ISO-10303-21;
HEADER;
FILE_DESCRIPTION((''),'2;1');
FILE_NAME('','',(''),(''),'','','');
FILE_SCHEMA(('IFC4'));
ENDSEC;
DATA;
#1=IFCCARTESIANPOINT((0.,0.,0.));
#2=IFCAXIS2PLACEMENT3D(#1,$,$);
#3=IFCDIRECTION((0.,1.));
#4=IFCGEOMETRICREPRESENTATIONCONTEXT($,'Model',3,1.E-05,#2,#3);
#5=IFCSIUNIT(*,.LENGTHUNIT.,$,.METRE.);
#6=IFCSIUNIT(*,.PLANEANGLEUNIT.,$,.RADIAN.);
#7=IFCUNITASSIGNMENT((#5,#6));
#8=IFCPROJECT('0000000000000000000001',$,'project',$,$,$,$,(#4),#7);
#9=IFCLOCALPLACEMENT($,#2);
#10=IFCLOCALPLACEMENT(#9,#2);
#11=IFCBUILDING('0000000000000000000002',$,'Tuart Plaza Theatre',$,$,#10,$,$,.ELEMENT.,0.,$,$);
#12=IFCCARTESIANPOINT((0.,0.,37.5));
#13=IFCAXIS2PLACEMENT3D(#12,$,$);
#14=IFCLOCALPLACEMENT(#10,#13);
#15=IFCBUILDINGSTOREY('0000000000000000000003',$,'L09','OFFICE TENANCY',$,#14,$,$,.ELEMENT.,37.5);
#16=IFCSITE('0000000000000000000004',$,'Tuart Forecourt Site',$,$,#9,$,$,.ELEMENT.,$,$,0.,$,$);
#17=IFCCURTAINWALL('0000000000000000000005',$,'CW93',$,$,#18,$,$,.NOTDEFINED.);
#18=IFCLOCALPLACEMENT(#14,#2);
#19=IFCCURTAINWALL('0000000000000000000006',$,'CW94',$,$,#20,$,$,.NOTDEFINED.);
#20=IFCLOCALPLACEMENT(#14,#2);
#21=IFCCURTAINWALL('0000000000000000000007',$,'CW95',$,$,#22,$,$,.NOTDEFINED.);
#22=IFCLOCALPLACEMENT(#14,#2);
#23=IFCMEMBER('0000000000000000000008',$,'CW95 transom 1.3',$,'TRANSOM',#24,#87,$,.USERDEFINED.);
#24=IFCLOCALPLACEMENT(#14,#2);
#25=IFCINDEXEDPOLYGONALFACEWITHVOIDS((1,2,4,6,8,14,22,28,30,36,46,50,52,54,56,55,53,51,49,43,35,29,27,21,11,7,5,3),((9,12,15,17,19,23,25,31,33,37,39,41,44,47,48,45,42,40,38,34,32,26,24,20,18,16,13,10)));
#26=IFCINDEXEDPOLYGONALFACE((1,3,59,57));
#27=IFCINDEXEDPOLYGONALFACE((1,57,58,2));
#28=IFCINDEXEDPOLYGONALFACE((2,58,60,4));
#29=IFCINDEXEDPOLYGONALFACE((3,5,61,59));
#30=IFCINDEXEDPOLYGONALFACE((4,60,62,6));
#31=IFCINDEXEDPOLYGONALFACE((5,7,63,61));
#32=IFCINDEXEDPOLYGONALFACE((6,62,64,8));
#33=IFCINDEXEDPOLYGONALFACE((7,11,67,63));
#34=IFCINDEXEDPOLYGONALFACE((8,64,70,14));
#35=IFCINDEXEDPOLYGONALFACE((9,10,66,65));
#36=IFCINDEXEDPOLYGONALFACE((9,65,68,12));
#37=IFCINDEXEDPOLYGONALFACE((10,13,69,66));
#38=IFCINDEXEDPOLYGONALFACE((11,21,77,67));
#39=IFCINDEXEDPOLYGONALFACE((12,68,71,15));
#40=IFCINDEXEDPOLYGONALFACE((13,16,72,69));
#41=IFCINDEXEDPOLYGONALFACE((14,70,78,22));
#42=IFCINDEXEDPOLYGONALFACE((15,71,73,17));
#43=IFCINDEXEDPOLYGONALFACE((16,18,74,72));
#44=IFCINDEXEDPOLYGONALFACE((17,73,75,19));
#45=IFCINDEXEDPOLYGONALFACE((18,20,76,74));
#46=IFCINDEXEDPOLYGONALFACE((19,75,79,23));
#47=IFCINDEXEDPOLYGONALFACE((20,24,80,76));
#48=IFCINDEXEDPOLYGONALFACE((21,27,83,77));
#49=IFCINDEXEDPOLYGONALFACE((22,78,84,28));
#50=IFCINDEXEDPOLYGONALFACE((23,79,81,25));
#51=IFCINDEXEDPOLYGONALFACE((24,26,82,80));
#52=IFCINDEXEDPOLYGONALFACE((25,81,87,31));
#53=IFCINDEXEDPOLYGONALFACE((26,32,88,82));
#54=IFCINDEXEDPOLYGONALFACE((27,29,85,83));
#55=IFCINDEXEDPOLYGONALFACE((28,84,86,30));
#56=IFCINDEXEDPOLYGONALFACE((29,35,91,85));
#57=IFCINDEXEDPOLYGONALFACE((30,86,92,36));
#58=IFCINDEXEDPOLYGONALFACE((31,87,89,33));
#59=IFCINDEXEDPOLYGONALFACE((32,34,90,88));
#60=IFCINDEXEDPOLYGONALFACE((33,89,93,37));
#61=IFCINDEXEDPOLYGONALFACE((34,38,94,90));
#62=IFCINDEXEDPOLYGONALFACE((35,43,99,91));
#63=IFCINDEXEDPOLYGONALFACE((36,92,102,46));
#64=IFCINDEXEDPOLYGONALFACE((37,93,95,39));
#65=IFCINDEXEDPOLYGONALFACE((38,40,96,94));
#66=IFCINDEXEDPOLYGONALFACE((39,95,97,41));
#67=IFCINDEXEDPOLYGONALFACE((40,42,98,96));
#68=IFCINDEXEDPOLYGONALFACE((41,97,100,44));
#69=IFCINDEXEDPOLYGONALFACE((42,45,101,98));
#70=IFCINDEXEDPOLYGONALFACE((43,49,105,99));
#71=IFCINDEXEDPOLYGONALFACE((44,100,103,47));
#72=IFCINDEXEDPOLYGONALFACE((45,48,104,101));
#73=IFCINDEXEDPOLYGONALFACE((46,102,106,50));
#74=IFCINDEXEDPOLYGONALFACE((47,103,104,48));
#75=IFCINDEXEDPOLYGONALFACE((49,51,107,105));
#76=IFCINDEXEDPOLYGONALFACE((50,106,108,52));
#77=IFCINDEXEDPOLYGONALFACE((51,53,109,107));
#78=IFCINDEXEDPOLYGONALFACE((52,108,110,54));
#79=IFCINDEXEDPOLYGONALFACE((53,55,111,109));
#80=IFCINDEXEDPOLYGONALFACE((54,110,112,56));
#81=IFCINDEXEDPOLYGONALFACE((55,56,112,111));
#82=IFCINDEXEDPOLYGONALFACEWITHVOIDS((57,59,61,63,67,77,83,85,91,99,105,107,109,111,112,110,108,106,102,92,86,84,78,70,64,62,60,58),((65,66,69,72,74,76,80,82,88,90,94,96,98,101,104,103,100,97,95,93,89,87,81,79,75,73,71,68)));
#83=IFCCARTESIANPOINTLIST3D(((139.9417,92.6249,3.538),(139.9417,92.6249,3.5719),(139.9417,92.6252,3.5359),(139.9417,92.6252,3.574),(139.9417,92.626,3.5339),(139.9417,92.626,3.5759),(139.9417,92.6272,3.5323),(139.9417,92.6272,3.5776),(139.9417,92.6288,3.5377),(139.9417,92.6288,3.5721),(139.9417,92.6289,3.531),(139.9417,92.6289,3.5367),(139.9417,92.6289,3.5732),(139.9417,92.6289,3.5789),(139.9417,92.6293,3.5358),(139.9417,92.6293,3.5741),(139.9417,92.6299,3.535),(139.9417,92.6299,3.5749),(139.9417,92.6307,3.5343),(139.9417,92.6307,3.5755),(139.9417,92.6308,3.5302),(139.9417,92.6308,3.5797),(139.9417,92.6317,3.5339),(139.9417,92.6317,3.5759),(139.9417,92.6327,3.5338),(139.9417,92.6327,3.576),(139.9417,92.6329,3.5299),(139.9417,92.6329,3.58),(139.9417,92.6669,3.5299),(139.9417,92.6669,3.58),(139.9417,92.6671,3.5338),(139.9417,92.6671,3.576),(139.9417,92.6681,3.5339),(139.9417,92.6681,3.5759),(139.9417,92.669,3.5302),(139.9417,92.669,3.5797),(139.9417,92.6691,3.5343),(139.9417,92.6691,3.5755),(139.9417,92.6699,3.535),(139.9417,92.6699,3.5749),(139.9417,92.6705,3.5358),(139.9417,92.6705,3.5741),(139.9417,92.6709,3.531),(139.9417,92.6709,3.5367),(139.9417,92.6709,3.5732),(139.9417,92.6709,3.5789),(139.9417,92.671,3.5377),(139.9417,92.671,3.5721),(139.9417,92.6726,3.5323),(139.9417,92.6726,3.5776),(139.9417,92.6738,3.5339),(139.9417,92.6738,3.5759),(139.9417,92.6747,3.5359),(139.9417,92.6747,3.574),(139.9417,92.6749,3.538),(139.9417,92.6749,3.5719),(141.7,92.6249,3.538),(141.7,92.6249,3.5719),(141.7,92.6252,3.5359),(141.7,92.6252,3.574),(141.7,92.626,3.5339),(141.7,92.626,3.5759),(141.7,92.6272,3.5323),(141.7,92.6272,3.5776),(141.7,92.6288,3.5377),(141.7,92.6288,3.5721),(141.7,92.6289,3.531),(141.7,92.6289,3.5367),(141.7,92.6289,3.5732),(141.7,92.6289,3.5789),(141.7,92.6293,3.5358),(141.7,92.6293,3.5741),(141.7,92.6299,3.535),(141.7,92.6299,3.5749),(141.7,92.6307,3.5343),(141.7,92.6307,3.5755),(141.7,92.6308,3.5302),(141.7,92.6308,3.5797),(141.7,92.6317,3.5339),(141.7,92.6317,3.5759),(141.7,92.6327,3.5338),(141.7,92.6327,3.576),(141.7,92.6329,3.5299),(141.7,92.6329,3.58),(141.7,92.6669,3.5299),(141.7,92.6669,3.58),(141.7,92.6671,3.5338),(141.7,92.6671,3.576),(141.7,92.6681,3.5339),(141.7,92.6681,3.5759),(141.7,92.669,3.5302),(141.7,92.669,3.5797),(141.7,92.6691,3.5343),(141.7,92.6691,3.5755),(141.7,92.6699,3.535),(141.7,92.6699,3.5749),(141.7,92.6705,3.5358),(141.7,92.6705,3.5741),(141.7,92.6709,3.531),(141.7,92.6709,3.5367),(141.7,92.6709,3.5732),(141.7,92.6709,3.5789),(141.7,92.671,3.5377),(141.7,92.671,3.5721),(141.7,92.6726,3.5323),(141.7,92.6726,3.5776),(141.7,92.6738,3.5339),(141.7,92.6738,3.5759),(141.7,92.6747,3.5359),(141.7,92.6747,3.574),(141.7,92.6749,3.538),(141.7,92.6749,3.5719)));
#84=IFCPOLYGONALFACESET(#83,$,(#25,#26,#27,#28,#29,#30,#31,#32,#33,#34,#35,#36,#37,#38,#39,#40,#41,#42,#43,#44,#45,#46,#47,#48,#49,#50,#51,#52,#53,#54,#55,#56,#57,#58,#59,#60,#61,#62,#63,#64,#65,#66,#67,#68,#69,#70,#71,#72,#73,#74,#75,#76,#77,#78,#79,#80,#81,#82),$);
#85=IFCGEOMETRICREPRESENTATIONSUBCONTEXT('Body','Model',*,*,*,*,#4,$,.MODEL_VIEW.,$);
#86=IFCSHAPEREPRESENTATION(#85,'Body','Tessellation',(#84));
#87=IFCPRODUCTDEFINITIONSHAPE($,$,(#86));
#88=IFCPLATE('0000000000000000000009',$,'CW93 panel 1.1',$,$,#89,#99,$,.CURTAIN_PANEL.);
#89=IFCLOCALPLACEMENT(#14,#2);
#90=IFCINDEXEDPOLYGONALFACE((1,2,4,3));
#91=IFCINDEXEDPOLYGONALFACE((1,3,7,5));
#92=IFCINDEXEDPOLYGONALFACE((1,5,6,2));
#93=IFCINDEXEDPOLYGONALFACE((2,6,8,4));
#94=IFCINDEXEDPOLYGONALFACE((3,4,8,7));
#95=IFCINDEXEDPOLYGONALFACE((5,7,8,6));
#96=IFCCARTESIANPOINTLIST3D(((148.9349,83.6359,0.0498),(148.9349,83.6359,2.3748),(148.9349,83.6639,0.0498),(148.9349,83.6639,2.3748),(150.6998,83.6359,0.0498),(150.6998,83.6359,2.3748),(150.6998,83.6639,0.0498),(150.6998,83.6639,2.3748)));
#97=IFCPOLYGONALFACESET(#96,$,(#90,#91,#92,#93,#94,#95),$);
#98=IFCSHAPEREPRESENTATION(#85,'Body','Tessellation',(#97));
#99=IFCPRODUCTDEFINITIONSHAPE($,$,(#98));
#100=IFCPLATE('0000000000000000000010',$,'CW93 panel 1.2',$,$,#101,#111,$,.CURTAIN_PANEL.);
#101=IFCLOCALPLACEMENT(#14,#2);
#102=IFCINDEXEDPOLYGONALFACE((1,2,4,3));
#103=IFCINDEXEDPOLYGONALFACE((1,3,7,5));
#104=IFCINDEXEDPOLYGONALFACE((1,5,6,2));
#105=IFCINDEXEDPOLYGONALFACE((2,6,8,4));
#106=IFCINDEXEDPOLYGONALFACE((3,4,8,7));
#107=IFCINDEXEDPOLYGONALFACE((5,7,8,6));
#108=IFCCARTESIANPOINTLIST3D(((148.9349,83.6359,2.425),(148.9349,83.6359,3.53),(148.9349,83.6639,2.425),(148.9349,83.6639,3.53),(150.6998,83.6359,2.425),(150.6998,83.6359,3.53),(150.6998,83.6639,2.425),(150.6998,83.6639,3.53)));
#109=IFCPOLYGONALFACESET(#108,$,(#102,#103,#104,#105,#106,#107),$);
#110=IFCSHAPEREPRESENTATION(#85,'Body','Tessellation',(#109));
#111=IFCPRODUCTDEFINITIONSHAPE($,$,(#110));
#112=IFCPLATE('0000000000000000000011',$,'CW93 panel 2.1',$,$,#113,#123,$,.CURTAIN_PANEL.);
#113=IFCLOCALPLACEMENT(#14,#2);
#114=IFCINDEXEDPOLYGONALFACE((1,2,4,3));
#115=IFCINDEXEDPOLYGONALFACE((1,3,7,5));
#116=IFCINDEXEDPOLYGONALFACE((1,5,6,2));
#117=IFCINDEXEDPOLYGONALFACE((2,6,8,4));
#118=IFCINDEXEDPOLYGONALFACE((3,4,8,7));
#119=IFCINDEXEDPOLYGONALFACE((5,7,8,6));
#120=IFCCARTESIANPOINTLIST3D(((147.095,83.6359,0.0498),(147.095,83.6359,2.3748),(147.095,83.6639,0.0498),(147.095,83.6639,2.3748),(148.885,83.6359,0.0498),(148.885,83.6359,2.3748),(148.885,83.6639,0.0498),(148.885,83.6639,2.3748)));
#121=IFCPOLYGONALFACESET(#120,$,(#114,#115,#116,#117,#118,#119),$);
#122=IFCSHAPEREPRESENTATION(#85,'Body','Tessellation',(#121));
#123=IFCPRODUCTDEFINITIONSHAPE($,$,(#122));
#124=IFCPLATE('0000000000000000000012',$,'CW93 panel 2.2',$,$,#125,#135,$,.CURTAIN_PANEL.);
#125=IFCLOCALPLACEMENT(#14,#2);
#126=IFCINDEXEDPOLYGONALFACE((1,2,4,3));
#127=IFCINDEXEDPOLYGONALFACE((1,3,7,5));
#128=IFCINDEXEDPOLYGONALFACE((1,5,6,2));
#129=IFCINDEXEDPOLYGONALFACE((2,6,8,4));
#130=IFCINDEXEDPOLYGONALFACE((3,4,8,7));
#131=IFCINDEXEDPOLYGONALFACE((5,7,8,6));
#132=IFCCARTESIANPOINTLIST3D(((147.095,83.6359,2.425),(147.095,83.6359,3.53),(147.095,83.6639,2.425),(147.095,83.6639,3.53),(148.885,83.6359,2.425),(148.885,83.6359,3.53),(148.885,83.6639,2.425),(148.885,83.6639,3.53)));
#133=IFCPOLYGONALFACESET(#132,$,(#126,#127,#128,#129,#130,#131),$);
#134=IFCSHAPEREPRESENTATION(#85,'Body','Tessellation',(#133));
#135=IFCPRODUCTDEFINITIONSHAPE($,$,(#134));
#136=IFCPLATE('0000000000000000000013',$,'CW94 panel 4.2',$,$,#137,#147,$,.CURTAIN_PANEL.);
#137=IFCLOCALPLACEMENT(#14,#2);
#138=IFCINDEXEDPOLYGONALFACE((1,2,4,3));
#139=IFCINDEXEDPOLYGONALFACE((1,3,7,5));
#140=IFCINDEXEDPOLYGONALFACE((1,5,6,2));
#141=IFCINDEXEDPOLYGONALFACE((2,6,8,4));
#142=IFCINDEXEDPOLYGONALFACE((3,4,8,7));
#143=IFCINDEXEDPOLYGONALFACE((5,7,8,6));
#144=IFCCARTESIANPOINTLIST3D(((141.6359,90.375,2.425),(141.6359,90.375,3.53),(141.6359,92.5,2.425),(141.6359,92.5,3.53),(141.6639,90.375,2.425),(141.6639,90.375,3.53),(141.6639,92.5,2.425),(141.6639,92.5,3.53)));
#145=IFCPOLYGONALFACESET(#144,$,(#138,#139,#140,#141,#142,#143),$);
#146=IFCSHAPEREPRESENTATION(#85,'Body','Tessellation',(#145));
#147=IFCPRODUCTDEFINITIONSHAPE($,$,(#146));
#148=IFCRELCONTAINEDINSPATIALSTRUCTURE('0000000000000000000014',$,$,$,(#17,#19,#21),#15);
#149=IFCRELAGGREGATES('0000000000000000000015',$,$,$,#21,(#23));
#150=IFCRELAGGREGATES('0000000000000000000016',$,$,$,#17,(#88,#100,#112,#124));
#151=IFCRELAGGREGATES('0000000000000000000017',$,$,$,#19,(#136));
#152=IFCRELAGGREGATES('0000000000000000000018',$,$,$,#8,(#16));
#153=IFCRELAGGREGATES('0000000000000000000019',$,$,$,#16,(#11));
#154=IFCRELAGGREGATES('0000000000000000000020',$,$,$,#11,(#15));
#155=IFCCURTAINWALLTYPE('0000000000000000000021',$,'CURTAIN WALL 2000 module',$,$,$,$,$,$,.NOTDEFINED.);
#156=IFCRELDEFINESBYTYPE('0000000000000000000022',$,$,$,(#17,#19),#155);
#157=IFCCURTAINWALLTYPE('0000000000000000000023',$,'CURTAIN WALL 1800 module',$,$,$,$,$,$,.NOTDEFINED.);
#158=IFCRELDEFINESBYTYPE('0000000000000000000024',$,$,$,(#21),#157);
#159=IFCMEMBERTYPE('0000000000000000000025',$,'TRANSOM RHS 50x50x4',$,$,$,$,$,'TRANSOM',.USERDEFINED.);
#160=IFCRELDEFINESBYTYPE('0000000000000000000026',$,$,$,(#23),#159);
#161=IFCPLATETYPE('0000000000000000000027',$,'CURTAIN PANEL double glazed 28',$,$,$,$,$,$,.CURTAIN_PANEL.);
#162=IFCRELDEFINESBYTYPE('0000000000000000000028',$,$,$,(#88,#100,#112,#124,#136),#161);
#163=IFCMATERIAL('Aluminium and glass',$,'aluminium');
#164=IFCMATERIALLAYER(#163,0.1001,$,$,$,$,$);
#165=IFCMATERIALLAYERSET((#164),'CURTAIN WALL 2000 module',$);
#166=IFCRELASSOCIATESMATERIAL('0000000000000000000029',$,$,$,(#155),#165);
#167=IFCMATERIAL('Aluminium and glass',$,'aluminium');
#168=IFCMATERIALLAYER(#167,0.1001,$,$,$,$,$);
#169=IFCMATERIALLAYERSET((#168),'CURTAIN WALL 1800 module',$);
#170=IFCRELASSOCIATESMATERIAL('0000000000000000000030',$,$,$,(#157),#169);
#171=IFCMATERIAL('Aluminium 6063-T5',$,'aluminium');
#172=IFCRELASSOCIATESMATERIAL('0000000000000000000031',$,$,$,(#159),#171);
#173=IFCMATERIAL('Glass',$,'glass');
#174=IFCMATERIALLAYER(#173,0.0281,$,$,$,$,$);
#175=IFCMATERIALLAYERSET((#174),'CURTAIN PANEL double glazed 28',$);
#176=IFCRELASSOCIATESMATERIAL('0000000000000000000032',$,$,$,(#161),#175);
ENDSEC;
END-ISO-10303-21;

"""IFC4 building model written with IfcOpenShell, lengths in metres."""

from ifc_helpers import new_model, si_unit, direction, frame, origin, origin_2d, place, context, subcontext, project, spatial, rectangle, hollow_rectangle, extrude, material, layer, layer_set, material_profile, profile_set, type_object, element, aggregate, save


model = new_model("IFC4")

# Units and contexts
model_context = context("Model", 3, precision=1e-05, world=origin(), true_north=direction((0.0, 1.0)))
body_context = subcontext(model_context, "Body", "Model", "MODEL_VIEW")
ifc_project = project(units=[si_unit("LENGTHUNIT", "METRE"), si_unit("PLANEANGLEUNIT", "RADIAN")], contexts=[model_context])

# Site, building, storey
site_placement = place(None, origin())
site = spatial("IfcSite", under=ifc_project, at=site_placement, Name="Tuart Forecourt Site", CompositionType="ELEMENT", RefElevation=0.0)
building_placement = place(site_placement, origin())
building = spatial("IfcBuilding", under=site, at=building_placement, Name="Tuart Plaza Theatre", CompositionType="ELEMENT", ElevationOfRefHeight=0.0)
storey_placement = place(building_placement, frame((0.0, 0.0, 37.5)))
storey = spatial("IfcBuildingStorey", under=building, at=storey_placement, Name="L09", Description="OFFICE TENANCY", CompositionType="ELEMENT", Elevation=37.5)

# Curtain wall
ifc_material_1 = material(Name="Aluminium and glass", Category="aluminium")
ifc_layer_1 = layer(ifc_material_1, 0.1001)
ifc_layer_set_1 = layer_set([ifc_layer_1], Name="CURTAIN WALL 2000 module")
curtain_wall_type_1 = type_object("IfcCurtainWallType", Name="CURTAIN WALL 2000 module", PredefinedType="NOTDEFINED", material=ifc_layer_set_1)
curtain_wall_1_placement = place(storey_placement, origin())
curtain_wall_1 = element("IfcCurtainWall", 1, at=curtain_wall_1_placement, inside=storey, type_object=curtain_wall_type_1, Name="CW93", PredefinedType="NOTDEFINED")

# Curtain walls
curtain_wall_2_placement = place(storey_placement, origin())
curtain_wall_2 = element("IfcCurtainWall", 2, at=curtain_wall_2_placement, inside=storey, type_object=curtain_wall_type_1, Name="CW94", PredefinedType="NOTDEFINED")
ifc_material_2 = material(Name="Aluminium and glass", Category="aluminium")
ifc_layer_2 = layer(ifc_material_2, 0.1001)
ifc_layer_set_2 = layer_set([ifc_layer_2], Name="CURTAIN WALL 1800 module")
curtain_wall_type_2 = type_object("IfcCurtainWallType", Name="CURTAIN WALL 1800 module", PredefinedType="NOTDEFINED", material=ifc_layer_set_2)
curtain_wall_3_placement = place(storey_placement, origin())
curtain_wall_3 = element("IfcCurtainWall", 3, at=curtain_wall_3_placement, inside=storey, type_object=curtain_wall_type_2, Name="CW95", PredefinedType="NOTDEFINED")

# Member
ifc_material_3 = material(Name="Aluminium 6063-T5", Category="aluminium")
ifc_material_profile_1 = material_profile(ifc_material_3, hollow_rectangle(XDim=0.05, YDim=0.05, WallThickness=0.0039, InnerFilletRadius=0.0039, OuterFilletRadius=0.0081, at=origin_2d()), Name="RHS 50x50x4")
ifc_profile_set_1 = profile_set([ifc_material_profile_1], Name="Aluminium 6063-T5")
member_type_1 = type_object("IfcMemberType", Name="TRANSOM RHS 50x50x4", ElementType="TRANSOM", PredefinedType="USERDEFINED", material=ifc_profile_set_1)
member_1_placement = place(storey_placement, frame((141.7, 92.6499, 3.5549), z_axis=(-1.0, 0.0, 0.0), x_axis=(0.0, -1.0, 0.0)))
member_1 = element("IfcMember", 4, at=member_1_placement, type_object=member_type_1, Name="CW95 transom 1.3", ObjectType="TRANSOM", PredefinedType="USERDEFINED", context=body_context, shape_type="SweptSolid", body=[
    extrude(hollow_rectangle(XDim=0.05, YDim=0.05, WallThickness=0.0039, InnerFilletRadius=0.0039, OuterFilletRadius=0.0081, at=origin_2d()), origin(), (0.0, 0.0, 1.0), 1.7583),
])
aggregate(curtain_wall_3, [member_1])

# Plates
ifc_material_4 = material(Name="Glass", Category="glass")
ifc_layer_3 = layer(ifc_material_4, 0.0281)
ifc_layer_set_3 = layer_set([ifc_layer_3], Name="CURTAIN PANEL double glazed 28")
plate_type = type_object("IfcPlateType", Name="CURTAIN PANEL double glazed 28", PredefinedType="CURTAIN_PANEL", material=ifc_layer_set_3)
plate_1_placement = place(storey_placement, frame((149.8174, 83.6499, 0.0498), z_axis=(0.0, 0.0, 1.0), x_axis=(-1.0, 0.0, 0.0)))
plate_1 = element("IfcPlate", 5, at=plate_1_placement, type_object=plate_type, Name="CW93 panel 1.1", PredefinedType="CURTAIN_PANEL", context=body_context, shape_type="SweptSolid", body=[
    extrude(rectangle(XDim=1.7649, YDim=0.0281, at=origin_2d()), origin(), (0.0, 0.0, 1.0), 2.325),
])
plate_2_placement = place(storey_placement, frame((149.8174, 83.6499, 2.425), z_axis=(0.0, 0.0, 1.0), x_axis=(-1.0, 0.0, 0.0)))
plate_2 = element("IfcPlate", 6, at=plate_2_placement, type_object=plate_type, Name="CW93 panel 1.2", PredefinedType="CURTAIN_PANEL", context=body_context, shape_type="SweptSolid", body=[
    extrude(rectangle(XDim=1.7649, YDim=0.0281, at=origin_2d()), origin(), (0.0, 0.0, 1.0), 1.105),
])
plate_3_placement = place(storey_placement, frame((147.99, 83.6499, 0.0498), z_axis=(0.0, 0.0, 1.0), x_axis=(-1.0, 0.0, 0.0)))
plate_3 = element("IfcPlate", 7, at=plate_3_placement, type_object=plate_type, Name="CW93 panel 2.1", PredefinedType="CURTAIN_PANEL", context=body_context, shape_type="SweptSolid", body=[
    extrude(rectangle(XDim=1.79, YDim=0.0281, at=origin_2d()), origin(), (0.0, 0.0, 1.0), 2.325),
])
plate_4_placement = place(storey_placement, frame((147.99, 83.6499, 2.425), z_axis=(0.0, 0.0, 1.0), x_axis=(-1.0, 0.0, 0.0)))
plate_4 = element("IfcPlate", 8, at=plate_4_placement, type_object=plate_type, Name="CW93 panel 2.2", PredefinedType="CURTAIN_PANEL", context=body_context, shape_type="SweptSolid", body=[
    extrude(rectangle(XDim=1.79, YDim=0.0281, at=origin_2d()), origin(), (0.0, 0.0, 1.0), 1.105),
])
aggregate(curtain_wall_1, [plate_1, plate_2, plate_3, plate_4])
plate_5_placement = place(storey_placement, frame((141.6499, 91.4375, 2.425), z_axis=(0.0, 0.0, 1.0), x_axis=(0.0, 1.0, 0.0)))
plate_5 = element("IfcPlate", 9, at=plate_5_placement, type_object=plate_type, Name="CW94 panel 4.2", PredefinedType="CURTAIN_PANEL", context=body_context, shape_type="SweptSolid", body=[
    extrude(rectangle(XDim=2.125, YDim=0.0281, at=origin_2d()), origin(), (0.0, 0.0, 1.0), 1.105),
])
aggregate(curtain_wall_2, [plate_5])

save(model, "model.ifc")
